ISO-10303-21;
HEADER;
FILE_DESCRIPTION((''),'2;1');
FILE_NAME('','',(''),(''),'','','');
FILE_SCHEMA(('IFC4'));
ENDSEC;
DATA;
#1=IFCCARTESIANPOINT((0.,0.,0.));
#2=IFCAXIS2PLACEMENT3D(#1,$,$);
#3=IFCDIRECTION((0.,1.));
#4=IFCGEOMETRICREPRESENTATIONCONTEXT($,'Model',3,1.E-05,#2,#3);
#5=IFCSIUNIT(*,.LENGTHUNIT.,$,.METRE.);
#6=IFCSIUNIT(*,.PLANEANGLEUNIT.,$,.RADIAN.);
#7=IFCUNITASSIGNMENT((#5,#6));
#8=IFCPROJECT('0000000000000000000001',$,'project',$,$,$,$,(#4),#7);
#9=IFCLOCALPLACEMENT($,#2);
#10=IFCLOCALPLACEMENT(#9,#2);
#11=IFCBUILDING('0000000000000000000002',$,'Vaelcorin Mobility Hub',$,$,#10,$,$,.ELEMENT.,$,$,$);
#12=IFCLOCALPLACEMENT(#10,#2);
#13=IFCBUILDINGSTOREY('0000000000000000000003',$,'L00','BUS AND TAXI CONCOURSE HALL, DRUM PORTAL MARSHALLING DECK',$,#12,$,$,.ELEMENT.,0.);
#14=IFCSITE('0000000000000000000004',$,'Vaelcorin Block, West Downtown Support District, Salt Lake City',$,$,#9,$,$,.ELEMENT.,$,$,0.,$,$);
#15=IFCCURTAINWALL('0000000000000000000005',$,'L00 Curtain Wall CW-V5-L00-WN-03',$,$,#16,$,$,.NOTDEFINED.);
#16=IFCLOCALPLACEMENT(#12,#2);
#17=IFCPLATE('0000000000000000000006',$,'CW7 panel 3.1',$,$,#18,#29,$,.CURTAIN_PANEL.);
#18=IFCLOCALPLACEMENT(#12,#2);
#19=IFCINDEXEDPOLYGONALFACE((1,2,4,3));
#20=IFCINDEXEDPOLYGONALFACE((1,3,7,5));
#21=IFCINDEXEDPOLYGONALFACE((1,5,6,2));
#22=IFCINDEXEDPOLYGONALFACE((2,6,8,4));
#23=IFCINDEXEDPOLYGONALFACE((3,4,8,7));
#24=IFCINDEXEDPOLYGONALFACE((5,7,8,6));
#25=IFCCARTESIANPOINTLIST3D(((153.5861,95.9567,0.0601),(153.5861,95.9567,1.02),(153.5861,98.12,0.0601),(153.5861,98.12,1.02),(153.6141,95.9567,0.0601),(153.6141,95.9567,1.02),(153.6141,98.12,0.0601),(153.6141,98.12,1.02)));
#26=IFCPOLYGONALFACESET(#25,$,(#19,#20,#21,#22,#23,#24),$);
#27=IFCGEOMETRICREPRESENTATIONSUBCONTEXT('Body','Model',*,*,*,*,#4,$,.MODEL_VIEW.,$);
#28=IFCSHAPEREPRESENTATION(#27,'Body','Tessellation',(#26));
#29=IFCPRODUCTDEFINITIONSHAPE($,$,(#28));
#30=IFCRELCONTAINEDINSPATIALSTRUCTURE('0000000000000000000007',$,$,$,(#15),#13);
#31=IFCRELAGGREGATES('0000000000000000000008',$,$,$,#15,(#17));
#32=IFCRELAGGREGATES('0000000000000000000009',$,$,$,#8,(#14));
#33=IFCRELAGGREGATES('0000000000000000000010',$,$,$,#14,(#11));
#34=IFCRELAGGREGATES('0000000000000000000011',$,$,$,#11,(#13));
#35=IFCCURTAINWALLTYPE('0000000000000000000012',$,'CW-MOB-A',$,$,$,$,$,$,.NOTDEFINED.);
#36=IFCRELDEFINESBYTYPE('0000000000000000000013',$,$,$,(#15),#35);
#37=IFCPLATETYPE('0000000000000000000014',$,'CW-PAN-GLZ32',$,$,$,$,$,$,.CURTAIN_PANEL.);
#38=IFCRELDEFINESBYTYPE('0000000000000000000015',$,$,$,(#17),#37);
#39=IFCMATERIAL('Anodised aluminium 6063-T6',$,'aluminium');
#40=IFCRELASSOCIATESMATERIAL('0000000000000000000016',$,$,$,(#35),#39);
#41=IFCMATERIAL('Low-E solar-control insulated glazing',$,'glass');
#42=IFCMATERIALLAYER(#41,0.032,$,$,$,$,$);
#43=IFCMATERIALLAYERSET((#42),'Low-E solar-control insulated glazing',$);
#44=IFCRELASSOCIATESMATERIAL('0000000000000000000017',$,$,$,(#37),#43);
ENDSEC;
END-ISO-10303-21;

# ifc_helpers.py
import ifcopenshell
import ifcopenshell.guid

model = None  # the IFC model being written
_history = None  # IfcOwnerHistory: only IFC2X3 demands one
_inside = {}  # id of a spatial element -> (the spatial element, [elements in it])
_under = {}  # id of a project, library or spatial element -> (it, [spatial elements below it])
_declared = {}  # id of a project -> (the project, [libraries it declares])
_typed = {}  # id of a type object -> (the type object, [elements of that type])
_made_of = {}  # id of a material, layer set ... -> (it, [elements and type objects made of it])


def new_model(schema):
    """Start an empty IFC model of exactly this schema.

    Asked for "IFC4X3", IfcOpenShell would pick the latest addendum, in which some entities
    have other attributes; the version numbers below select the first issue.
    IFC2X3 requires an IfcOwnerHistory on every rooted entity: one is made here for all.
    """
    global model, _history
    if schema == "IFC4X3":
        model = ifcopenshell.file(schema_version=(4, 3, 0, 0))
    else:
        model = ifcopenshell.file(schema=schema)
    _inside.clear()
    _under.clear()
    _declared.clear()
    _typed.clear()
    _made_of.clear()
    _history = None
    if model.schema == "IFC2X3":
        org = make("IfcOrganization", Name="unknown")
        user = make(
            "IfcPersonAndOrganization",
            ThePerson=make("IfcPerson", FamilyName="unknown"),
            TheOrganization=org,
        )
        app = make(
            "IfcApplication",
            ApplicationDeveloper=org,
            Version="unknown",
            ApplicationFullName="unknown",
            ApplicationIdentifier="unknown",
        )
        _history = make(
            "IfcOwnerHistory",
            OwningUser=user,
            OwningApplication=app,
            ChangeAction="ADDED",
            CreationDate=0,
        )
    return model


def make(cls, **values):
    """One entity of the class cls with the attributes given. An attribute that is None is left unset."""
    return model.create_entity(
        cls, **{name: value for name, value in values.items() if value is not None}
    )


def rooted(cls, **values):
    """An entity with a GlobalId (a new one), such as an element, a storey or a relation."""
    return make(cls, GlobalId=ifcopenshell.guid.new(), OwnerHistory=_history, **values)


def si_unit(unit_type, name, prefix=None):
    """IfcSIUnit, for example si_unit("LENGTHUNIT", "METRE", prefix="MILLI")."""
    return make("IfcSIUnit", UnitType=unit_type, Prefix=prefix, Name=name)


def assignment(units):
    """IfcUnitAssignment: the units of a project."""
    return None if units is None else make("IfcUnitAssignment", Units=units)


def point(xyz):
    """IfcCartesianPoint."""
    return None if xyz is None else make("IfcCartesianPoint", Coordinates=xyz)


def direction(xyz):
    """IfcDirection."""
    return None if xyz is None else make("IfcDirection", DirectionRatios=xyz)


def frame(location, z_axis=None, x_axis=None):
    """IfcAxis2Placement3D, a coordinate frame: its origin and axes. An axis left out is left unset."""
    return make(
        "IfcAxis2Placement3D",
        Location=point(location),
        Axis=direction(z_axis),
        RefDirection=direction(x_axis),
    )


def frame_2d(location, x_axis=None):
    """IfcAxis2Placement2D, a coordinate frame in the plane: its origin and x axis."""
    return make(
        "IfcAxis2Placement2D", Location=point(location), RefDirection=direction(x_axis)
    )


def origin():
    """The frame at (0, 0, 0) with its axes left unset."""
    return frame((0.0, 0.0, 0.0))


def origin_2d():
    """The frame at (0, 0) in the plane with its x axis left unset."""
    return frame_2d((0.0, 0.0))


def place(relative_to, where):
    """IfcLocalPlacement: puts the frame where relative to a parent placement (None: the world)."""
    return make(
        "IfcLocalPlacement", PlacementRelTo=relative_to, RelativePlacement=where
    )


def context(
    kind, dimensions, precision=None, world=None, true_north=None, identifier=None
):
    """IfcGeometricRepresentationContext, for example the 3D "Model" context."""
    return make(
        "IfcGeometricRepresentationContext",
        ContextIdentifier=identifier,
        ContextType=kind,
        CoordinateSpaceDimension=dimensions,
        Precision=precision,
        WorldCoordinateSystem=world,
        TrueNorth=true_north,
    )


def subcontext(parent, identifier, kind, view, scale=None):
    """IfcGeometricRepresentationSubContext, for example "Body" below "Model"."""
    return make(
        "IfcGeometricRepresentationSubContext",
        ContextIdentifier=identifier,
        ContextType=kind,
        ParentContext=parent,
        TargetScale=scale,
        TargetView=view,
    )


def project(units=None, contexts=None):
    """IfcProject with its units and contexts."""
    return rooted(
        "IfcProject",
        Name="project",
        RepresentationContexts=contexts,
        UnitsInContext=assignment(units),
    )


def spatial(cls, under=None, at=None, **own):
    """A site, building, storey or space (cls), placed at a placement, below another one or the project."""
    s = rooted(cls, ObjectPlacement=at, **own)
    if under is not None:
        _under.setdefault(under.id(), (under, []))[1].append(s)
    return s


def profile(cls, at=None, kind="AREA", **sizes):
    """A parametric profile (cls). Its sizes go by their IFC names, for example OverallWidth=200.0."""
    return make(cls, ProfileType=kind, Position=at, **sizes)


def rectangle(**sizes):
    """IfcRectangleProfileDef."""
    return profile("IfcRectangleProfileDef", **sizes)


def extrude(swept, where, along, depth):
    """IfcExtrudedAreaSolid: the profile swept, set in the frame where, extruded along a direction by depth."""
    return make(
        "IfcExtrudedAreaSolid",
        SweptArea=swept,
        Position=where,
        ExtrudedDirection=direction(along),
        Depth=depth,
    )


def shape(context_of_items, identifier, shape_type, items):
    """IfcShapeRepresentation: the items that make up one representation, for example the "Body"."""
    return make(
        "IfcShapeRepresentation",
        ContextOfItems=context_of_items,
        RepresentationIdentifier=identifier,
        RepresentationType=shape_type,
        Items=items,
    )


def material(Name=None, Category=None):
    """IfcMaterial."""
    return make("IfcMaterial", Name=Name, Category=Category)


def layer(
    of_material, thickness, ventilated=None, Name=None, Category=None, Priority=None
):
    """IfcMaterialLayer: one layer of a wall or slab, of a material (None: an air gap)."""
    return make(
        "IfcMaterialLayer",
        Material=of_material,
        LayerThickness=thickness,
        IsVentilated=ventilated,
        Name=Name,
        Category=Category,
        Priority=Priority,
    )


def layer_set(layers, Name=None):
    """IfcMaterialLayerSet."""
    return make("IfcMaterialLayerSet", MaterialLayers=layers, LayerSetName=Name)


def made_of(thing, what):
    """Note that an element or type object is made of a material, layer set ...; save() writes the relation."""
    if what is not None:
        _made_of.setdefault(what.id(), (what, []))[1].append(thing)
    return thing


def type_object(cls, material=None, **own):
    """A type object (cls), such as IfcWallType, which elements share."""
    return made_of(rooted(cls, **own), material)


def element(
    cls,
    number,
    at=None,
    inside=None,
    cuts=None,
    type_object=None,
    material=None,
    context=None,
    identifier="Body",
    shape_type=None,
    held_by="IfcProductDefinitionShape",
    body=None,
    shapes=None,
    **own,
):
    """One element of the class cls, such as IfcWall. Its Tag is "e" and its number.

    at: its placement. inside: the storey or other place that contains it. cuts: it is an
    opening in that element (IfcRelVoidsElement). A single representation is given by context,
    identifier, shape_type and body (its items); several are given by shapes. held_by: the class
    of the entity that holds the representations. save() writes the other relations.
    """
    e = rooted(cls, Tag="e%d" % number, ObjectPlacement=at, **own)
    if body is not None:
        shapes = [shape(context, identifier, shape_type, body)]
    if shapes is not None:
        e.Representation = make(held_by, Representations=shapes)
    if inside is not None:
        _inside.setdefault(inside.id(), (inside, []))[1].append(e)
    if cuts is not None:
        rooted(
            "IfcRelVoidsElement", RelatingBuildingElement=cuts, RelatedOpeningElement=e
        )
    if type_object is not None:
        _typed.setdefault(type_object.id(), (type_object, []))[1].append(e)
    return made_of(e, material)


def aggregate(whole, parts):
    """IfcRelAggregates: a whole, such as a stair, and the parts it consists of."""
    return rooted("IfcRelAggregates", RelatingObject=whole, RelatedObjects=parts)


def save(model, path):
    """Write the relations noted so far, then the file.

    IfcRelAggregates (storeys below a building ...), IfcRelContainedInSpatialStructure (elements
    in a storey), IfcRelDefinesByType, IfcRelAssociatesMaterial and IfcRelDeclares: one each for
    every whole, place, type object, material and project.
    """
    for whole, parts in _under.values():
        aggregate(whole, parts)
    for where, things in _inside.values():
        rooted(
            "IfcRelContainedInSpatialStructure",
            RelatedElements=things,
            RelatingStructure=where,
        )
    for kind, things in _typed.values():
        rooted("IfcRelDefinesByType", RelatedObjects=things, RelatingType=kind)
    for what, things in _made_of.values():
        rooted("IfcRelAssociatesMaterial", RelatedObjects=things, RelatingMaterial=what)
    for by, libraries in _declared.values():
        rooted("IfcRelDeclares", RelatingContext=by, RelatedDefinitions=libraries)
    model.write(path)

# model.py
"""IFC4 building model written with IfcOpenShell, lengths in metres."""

from ifc_helpers import new_model, si_unit, direction, frame, origin, origin_2d, place, context, subcontext, project, spatial, rectangle, extrude, material, layer, layer_set, type_object, element, aggregate, save


model = new_model("IFC4")

# Units and contexts
model_context = context("Model", 3, precision=1e-05, world=origin(), true_north=direction((0.0, 1.0)))
body_context = subcontext(model_context, "Body", "Model", "MODEL_VIEW")
ifc_project = project(units=[si_unit("LENGTHUNIT", "METRE"), si_unit("PLANEANGLEUNIT", "RADIAN")], contexts=[model_context])

# Site, building, storey
site_placement = place(None, origin())
site = spatial("IfcSite", under=ifc_project, at=site_placement, Name="Vaelcorin Block, West Downtown Support District, Salt Lake City", CompositionType="ELEMENT", RefElevation=0.0)
building_placement = place(site_placement, origin())
building = spatial("IfcBuilding", under=site, at=building_placement, Name="Vaelcorin Mobility Hub", CompositionType="ELEMENT")
storey_placement = place(building_placement, origin())
storey = spatial("IfcBuildingStorey", under=building, at=storey_placement, Name="L00", Description="BUS AND TAXI CONCOURSE HALL, DRUM PORTAL MARSHALLING DECK", CompositionType="ELEMENT", Elevation=0.0)

# Shared definitions
ifc_material_1 = material(Name="Anodised aluminium 6063-T6", Category="aluminium")
curtain_wall_type = type_object("IfcCurtainWallType", Name="CW-MOB-A", PredefinedType="NOTDEFINED", material=ifc_material_1)

# Curtain wall, plate
curtain_wall_1_placement = place(storey_placement, origin())
curtain_wall_1 = element("IfcCurtainWall", 1, at=curtain_wall_1_placement, inside=storey, type_object=curtain_wall_type, Name="L00 Curtain Wall CW-V5-L00-WN-03", PredefinedType="NOTDEFINED")
ifc_material_2 = material(Name="Low-E solar-control insulated glazing", Category="glass")
ifc_layer = layer(ifc_material_2, 0.032)
ifc_layer_set = layer_set([ifc_layer], Name="Low-E solar-control insulated glazing")
plate_type = type_object("IfcPlateType", Name="CW-PAN-GLZ32", PredefinedType="CURTAIN_PANEL", material=ifc_layer_set)
plate_1_placement = place(storey_placement, frame((153.6001, 97.0383, 0.0601), z_axis=(0.0, 0.0, 1.0), x_axis=(0.0, 1.0, 0.0)))
plate_1 = element("IfcPlate", 2, at=plate_1_placement, type_object=plate_type, Name="CW7 panel 3.1", PredefinedType="CURTAIN_PANEL", context=body_context, shape_type="SweptSolid", body=[
    extrude(rectangle(XDim=2.1633, YDim=0.0281, at=origin_2d()), origin(), (0.0, 0.0, 1.0), 0.96),
])
aggregate(curtain_wall_1, [plate_1])

save(model, "model.ifc")
